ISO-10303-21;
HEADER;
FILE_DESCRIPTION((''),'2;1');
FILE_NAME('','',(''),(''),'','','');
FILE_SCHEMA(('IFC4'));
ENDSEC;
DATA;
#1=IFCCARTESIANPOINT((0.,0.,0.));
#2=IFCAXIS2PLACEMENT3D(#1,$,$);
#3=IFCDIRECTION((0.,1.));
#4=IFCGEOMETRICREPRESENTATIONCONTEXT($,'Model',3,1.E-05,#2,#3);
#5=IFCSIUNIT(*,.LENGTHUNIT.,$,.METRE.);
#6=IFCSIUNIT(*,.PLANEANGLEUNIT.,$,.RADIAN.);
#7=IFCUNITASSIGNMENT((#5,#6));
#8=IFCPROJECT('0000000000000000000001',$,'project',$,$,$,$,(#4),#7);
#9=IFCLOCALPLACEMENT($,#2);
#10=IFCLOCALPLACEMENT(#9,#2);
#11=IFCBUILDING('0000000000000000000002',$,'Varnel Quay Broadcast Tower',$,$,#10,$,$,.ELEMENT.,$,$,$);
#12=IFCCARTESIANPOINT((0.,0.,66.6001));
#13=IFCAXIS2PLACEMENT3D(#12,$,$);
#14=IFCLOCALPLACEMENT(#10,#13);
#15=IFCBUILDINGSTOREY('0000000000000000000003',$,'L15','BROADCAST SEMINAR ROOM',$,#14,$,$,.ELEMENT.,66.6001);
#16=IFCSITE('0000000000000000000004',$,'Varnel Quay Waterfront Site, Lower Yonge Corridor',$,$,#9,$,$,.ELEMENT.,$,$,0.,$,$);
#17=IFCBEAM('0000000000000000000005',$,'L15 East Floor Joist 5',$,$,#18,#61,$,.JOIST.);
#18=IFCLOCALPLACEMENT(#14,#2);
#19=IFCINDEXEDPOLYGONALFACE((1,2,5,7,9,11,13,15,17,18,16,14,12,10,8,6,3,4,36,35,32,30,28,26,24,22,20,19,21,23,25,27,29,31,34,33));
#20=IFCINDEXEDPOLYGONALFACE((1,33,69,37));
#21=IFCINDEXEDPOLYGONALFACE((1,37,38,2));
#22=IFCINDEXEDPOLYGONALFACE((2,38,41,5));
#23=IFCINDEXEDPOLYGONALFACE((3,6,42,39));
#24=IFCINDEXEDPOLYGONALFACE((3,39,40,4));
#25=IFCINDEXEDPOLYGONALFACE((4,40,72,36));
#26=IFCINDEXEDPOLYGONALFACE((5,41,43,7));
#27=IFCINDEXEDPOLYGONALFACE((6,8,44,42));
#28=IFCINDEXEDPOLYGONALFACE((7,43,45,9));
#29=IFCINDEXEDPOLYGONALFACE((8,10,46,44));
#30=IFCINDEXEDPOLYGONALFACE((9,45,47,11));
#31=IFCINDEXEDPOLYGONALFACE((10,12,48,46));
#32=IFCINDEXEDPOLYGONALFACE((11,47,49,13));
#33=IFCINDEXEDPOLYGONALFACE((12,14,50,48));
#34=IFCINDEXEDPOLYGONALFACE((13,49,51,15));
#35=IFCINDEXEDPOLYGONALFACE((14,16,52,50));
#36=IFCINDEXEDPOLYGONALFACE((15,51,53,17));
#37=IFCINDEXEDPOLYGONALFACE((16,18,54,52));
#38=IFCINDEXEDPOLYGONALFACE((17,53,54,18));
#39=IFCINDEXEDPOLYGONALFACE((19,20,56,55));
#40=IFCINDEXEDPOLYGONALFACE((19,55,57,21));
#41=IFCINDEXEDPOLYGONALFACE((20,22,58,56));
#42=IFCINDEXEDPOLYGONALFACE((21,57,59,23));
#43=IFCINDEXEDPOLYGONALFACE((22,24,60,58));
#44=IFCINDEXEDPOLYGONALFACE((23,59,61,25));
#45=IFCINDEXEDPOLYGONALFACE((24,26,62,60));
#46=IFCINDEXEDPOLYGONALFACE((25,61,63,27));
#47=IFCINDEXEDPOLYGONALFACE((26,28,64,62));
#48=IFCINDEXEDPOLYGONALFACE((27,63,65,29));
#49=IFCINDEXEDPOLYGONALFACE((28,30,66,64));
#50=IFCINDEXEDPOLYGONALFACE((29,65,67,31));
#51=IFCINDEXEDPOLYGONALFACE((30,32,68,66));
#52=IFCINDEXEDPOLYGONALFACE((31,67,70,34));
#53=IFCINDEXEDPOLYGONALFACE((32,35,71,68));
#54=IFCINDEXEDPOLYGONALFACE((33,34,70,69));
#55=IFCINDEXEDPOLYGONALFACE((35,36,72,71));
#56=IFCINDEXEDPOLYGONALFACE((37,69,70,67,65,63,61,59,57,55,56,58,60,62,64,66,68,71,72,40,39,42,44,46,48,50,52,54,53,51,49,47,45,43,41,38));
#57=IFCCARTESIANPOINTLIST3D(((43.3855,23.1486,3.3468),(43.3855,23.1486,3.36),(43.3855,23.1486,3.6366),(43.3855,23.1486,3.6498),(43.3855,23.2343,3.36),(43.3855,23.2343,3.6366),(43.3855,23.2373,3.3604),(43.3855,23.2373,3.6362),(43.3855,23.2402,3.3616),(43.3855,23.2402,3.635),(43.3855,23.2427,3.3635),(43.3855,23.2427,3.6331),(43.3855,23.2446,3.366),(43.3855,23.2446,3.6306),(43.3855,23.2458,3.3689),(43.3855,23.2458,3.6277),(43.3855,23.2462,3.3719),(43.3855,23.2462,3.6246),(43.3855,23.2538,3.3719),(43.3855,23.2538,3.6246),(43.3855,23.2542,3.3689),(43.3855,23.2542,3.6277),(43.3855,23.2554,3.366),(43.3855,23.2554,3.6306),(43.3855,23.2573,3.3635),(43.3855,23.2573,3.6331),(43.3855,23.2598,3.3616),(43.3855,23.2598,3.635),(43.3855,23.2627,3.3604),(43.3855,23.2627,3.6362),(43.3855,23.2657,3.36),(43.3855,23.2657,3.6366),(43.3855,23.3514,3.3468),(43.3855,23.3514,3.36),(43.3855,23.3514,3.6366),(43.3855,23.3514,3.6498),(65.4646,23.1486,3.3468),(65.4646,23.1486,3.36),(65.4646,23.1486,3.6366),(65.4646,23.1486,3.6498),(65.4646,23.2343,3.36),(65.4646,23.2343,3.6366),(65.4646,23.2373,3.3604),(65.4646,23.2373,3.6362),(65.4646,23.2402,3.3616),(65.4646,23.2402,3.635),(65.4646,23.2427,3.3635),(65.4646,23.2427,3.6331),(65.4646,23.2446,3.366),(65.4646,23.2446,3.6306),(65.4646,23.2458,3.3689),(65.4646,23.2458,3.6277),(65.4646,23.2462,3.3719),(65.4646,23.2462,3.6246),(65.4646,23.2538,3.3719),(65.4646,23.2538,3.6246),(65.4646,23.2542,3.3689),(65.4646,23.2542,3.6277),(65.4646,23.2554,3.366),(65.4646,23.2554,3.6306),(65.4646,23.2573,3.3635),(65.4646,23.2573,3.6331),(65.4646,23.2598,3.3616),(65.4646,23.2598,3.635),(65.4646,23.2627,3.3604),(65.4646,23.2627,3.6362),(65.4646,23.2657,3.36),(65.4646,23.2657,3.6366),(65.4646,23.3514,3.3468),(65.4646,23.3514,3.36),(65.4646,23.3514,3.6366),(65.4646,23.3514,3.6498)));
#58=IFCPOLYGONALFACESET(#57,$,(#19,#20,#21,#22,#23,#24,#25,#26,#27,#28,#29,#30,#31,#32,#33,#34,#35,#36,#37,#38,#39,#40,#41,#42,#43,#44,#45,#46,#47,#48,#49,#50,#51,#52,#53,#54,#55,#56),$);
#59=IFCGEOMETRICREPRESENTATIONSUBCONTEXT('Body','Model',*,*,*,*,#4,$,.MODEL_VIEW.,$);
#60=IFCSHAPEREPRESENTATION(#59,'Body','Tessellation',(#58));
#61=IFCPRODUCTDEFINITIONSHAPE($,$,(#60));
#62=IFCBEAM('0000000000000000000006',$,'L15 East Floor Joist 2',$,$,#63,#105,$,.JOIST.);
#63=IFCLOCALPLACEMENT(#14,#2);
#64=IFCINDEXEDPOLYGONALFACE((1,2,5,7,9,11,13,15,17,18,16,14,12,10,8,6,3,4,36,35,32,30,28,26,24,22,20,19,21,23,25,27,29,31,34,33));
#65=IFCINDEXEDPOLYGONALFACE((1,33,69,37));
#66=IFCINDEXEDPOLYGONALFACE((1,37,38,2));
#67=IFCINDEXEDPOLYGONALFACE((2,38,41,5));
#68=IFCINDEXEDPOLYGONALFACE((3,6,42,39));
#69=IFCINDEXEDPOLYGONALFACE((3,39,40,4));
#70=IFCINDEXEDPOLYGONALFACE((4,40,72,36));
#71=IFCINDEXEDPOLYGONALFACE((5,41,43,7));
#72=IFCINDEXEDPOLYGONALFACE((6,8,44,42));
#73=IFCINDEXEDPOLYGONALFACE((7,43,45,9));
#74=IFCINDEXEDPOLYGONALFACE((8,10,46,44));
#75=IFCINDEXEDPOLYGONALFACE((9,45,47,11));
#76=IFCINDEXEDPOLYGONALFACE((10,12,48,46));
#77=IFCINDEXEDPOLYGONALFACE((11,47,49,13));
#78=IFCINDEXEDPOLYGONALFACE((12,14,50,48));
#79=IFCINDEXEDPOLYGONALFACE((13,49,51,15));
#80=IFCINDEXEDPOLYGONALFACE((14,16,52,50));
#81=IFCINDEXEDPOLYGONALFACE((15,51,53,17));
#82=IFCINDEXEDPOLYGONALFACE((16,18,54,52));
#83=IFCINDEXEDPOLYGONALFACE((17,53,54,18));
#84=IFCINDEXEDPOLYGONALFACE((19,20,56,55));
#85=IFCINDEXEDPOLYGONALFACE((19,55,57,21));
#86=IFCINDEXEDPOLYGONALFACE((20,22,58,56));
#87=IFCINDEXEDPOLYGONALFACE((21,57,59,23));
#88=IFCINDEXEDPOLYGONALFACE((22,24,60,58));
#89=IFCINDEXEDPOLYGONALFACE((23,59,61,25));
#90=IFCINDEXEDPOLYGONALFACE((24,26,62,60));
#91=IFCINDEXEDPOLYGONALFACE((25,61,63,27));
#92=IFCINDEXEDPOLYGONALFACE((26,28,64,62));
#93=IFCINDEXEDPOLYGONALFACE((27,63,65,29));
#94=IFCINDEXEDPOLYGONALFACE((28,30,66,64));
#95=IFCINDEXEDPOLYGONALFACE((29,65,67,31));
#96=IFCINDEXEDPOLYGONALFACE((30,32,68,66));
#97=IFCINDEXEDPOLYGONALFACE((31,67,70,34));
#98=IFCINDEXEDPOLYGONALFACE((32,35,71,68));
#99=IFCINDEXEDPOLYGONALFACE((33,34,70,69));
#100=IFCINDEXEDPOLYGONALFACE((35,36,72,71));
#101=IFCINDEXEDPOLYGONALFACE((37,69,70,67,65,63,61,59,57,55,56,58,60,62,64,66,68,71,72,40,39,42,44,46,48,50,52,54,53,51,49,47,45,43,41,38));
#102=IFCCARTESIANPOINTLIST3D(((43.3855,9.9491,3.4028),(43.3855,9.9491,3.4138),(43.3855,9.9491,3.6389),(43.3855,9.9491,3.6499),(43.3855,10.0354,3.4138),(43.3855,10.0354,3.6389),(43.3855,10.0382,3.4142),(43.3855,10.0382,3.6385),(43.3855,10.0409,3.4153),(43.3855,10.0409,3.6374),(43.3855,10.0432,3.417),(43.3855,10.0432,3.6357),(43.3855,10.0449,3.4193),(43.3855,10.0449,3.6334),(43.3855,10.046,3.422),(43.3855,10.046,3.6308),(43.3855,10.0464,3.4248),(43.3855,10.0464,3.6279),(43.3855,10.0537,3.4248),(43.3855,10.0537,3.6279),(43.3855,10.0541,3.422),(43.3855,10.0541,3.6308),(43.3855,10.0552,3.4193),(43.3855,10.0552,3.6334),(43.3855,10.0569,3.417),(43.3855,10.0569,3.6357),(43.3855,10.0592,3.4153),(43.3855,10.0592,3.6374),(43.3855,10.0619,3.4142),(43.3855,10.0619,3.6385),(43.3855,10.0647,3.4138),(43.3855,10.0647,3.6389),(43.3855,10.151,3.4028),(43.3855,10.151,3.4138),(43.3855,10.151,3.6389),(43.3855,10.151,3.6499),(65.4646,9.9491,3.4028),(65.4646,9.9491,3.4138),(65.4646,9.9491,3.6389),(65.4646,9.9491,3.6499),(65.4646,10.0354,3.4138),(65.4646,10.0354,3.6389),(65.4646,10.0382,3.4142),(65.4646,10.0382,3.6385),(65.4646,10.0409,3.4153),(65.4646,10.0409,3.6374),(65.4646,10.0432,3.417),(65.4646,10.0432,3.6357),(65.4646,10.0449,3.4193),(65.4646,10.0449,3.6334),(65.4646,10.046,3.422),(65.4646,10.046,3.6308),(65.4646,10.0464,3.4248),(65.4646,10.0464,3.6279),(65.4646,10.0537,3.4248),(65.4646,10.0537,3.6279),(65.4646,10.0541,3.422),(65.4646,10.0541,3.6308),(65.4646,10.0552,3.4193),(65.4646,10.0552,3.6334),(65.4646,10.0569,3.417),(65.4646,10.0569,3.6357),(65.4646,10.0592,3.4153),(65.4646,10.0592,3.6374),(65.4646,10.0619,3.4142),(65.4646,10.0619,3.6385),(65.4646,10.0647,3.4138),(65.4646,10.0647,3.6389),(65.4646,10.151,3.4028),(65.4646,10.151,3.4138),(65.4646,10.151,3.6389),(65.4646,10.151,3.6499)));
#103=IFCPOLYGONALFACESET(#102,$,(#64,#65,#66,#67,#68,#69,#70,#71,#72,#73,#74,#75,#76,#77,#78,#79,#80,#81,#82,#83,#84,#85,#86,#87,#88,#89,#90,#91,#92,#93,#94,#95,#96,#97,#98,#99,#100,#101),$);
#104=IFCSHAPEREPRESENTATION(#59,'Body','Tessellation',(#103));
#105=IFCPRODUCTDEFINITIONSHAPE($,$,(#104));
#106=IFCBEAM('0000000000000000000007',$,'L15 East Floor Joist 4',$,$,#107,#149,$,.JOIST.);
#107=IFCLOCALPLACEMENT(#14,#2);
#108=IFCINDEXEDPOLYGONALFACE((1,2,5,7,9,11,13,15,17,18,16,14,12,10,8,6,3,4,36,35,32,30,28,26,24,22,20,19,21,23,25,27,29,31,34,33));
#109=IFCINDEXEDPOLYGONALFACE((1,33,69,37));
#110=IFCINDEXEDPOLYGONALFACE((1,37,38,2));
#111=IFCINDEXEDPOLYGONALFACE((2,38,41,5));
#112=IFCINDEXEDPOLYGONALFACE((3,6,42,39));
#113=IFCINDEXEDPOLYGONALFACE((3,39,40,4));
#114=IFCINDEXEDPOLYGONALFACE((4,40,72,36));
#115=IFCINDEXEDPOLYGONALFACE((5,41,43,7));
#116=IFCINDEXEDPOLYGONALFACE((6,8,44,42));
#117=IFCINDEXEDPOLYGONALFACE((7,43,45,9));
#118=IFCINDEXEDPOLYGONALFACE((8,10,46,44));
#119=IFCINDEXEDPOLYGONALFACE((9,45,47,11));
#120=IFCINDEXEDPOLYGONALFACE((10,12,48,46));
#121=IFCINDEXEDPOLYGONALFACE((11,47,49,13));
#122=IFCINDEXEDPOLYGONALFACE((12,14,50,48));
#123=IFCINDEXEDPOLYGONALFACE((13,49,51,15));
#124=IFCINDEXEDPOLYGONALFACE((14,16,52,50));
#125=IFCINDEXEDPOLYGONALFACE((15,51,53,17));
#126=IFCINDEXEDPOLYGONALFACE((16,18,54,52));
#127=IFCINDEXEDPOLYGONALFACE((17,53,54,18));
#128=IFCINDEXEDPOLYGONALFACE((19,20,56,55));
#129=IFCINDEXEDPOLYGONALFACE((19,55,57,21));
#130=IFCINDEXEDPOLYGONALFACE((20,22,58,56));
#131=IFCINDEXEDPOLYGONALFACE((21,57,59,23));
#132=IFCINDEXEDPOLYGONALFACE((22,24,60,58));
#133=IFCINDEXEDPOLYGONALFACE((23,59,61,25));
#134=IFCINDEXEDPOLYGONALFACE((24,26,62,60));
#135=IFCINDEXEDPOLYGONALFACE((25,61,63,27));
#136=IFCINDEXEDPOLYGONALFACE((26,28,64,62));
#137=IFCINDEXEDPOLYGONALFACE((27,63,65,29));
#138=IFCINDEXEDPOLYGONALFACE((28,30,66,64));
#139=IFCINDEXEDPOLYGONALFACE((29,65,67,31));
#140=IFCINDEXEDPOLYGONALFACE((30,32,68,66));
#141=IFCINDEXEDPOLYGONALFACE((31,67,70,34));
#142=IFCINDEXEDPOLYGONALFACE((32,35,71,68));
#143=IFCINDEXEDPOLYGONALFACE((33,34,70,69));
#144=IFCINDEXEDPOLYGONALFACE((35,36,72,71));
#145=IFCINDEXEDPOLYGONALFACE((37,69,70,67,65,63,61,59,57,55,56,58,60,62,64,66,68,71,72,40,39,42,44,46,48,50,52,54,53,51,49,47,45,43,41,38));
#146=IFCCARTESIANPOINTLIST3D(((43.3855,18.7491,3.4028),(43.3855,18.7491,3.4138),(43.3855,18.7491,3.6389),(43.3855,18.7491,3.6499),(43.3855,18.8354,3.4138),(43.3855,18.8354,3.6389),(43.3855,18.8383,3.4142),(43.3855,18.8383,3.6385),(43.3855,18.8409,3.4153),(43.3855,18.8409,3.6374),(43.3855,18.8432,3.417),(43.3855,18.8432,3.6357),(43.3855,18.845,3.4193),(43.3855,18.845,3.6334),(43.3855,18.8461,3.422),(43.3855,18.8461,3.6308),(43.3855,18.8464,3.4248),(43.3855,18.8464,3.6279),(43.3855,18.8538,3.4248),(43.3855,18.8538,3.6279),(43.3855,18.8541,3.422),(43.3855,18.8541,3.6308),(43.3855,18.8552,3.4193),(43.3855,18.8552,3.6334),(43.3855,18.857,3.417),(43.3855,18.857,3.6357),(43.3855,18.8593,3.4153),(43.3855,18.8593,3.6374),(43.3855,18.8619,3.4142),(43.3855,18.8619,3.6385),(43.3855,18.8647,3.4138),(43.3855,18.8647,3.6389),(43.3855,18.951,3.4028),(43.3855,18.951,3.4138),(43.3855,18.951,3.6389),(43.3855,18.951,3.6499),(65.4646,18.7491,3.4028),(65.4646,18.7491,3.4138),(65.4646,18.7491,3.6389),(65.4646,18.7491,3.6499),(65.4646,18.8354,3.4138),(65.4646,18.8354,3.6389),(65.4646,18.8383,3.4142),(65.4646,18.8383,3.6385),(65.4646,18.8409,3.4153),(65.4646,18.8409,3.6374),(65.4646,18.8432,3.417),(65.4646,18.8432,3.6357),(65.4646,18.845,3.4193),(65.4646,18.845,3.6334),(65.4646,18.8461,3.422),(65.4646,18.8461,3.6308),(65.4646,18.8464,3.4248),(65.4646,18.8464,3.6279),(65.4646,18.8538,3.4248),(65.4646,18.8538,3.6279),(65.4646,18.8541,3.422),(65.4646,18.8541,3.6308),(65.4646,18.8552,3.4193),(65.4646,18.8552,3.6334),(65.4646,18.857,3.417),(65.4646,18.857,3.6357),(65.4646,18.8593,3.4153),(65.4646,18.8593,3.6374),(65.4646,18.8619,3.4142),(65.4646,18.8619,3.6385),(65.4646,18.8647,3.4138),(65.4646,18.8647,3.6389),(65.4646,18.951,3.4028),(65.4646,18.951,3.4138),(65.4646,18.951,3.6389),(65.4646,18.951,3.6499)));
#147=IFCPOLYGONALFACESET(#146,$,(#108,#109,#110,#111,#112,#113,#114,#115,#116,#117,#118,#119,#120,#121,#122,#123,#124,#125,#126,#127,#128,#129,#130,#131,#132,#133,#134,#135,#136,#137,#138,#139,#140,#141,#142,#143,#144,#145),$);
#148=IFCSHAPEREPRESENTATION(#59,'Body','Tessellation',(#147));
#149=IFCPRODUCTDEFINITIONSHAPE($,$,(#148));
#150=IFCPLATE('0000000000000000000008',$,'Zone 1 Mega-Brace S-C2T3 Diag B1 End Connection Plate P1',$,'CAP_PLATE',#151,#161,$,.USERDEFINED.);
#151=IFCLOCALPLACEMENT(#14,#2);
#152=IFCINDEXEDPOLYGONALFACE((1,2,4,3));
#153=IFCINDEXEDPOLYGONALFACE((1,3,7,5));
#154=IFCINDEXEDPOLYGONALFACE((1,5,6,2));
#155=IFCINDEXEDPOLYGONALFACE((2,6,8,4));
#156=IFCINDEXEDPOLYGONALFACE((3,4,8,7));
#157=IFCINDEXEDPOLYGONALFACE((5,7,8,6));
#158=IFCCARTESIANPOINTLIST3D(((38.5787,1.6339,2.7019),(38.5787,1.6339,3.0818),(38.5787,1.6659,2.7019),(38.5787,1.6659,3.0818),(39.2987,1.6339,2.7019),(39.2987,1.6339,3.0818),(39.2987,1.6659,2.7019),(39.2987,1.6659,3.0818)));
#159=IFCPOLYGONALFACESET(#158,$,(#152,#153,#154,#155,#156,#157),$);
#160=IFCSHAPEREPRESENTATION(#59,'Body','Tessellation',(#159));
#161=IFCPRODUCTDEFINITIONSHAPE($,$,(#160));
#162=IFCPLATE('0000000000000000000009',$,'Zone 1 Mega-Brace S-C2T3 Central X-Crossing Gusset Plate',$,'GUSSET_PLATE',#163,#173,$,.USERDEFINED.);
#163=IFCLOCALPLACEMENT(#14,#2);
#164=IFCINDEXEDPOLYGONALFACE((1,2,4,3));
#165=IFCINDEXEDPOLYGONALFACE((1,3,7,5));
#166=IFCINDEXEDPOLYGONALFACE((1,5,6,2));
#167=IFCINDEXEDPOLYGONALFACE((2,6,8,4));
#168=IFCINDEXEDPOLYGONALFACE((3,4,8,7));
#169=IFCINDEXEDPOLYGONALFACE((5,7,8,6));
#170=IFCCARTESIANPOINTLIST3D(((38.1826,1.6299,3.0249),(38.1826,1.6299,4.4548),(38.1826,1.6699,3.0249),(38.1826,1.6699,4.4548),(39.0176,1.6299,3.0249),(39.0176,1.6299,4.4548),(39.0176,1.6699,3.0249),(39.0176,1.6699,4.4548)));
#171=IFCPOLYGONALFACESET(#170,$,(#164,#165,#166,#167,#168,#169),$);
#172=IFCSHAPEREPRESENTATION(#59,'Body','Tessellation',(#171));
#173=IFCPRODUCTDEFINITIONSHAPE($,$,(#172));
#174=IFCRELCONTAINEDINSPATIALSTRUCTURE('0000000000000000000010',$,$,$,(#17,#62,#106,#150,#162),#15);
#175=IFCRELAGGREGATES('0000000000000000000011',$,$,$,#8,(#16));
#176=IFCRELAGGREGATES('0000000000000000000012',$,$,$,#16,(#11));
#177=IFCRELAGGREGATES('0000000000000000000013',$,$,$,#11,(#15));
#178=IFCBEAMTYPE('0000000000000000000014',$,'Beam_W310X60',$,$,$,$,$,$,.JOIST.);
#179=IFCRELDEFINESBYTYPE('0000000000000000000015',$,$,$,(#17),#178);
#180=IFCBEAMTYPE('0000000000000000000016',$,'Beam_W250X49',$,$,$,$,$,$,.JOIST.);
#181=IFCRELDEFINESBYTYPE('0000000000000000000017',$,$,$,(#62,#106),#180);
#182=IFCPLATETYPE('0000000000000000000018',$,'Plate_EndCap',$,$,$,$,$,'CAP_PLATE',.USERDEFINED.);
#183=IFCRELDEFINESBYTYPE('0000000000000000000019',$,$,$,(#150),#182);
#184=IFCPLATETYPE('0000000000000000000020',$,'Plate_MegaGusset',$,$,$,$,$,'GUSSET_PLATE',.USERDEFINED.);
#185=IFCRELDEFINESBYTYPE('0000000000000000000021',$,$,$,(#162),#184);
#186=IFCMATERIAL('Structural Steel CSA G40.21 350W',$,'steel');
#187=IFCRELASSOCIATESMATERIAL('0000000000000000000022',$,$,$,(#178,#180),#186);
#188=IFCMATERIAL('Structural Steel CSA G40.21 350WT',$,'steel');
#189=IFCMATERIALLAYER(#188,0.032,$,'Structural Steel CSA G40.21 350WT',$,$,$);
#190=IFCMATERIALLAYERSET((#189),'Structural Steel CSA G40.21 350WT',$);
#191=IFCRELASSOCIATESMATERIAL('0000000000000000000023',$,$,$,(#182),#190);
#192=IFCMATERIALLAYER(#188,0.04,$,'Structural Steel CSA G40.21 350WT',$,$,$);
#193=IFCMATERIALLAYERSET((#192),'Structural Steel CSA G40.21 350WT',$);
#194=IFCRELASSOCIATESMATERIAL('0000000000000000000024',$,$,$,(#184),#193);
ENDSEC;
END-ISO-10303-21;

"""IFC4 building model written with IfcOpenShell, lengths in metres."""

from ifc_helpers import new_model, si_unit, direction, frame, origin, origin_2d, place, context, subcontext, project, spatial, rectangle, i_section, extrude, source, transform, mapped, material, layer, layer_set, material_profile, profile_set, type_object, type_shapes, element, save


model = new_model("IFC4")

# Units and contexts
model_context = context("Model", 3, precision=1e-05, world=origin(), true_north=direction((0.0, 1.0)))
body_context = subcontext(model_context, "Body", "Model", "MODEL_VIEW")
ifc_project = project(units=[si_unit("LENGTHUNIT", "METRE"), si_unit("PLANEANGLEUNIT", "RADIAN")], contexts=[model_context])

# Site, building, storey
site_placement = place(None, origin())
site = spatial("IfcSite", under=ifc_project, at=site_placement, Name="Varnel Quay Waterfront Site, Lower Yonge Corridor", CompositionType="ELEMENT", RefElevation=0.0)
building_placement = place(site_placement, origin())
building = spatial("IfcBuilding", under=site, at=building_placement, Name="Varnel Quay Broadcast Tower", CompositionType="ELEMENT")
storey_placement = place(building_placement, frame((0.0, 0.0, 66.6001)))
storey = spatial("IfcBuildingStorey", under=building, at=storey_placement, Name="L15", Description="BROADCAST SEMINAR ROOM", CompositionType="ELEMENT", Elevation=66.6001)

# Shared definitions
ifc_material_1 = material(Name="Structural Steel CSA G40.21 350W", Category="steel")

# Beams
ifc_material_profile_1 = material_profile(ifc_material_1, i_section(OverallWidth=0.2029, OverallDepth=0.303, WebThickness=0.0076, FlangeThickness=0.0132, FilletRadius=0.012, at=origin_2d()), Name="W310X60")
ifc_profile_set_1 = profile_set([ifc_material_profile_1], Name="Structural Steel CSA G40.21 350W")
beam_type_1 = type_object("IfcBeamType", Name="Beam_W310X60", PredefinedType="JOIST", material=ifc_profile_set_1)
shared_shape_1 = source(origin(), body_context, "Body", "SweptSolid", [
    extrude(i_section(OverallWidth=0.2029, OverallDepth=0.303, WebThickness=0.0076, FlangeThickness=0.0132, FilletRadius=0.012, at=origin_2d()), origin(), (0.0, 0.0, 1.0), 22.0791),
])
type_shapes(beam_type_1, [shared_shape_1])
for number, where, z_axis, x_axis, name in (
    (1, (43.3855, 23.25, 3.4983), (1.0, 0.0, 0.0), (0.0, 1.0, 0.0), "L15 East Floor Joist 5"),
):
    element("IfcBeam", number, at=place(storey_placement, frame(where, z_axis=z_axis, x_axis=x_axis)), inside=storey, type_object=beam_type_1, Name=name, PredefinedType="JOIST", context=body_context, shape_type="MappedRepresentation", body=[
        mapped(shared_shape_1, transform((0.0, 0.0, 0.0), x_axis=(1.0, 0.0, 0.0), y_axis=(0.0, 1.0, 0.0), z_axis=(0.0, 0.0, 1.0), scale=1.0)),
    ])
ifc_material_profile_2 = material_profile(ifc_material_1, i_section(OverallWidth=0.2019, OverallDepth=0.2471, WebThickness=0.0073, FlangeThickness=0.011, FilletRadius=0.011, at=origin_2d()), Name="W250X49")
ifc_profile_set_2 = profile_set([ifc_material_profile_2], Name="Structural Steel CSA G40.21 350W")
beam_type_2 = type_object("IfcBeamType", Name="Beam_W250X49", PredefinedType="JOIST", material=ifc_profile_set_2)
shared_shape_2 = source(origin(), body_context, "Body", "SweptSolid", [
    extrude(i_section(OverallWidth=0.2019, OverallDepth=0.2471, WebThickness=0.0073, FlangeThickness=0.011, FilletRadius=0.011, at=origin_2d()), origin(), (0.0, 0.0, 1.0), 22.0791),
])
type_shapes(beam_type_2, [shared_shape_2])
for number, where, z_axis, x_axis, name in (
    (2, (43.3855, 10.05, 3.5264), (1.0, 0.0, 0.0), (0.0, 1.0, 0.0), "L15 East Floor Joist 2"),
    (3, (43.3855, 18.8501, 3.5264), (1.0, 0.0, 0.0), (0.0, 1.0, 0.0), "L15 East Floor Joist 4"),
):
    element("IfcBeam", number, at=place(storey_placement, frame(where, z_axis=z_axis, x_axis=x_axis)), inside=storey, type_object=beam_type_2, Name=name, PredefinedType="JOIST", context=body_context, shape_type="MappedRepresentation", body=[
        mapped(shared_shape_2, transform((0.0, 0.0, 0.0), x_axis=(1.0, 0.0, 0.0), y_axis=(0.0, 1.0, 0.0), z_axis=(0.0, 0.0, 1.0), scale=1.0)),
    ])

# Plates
ifc_material_2 = material(Name="Structural Steel CSA G40.21 350WT", Category="steel")
ifc_layer_1 = layer(ifc_material_2, 0.032, Name="Structural Steel CSA G40.21 350WT")
ifc_layer_set_1 = layer_set([ifc_layer_1], Name="Structural Steel CSA G40.21 350WT")
plate_type_1 = type_object("IfcPlateType", Name="Plate_EndCap", ElementType="CAP_PLATE", PredefinedType="USERDEFINED", material=ifc_layer_set_1)
shared_shape_3 = source(origin(), body_context, "Body", "SweptSolid", [
    extrude(rectangle(XDim=0.72, YDim=0.032, at=origin_2d()), origin(), (0.0, 0.0, 1.0), 0.3799),
])
type_shapes(plate_type_1, [shared_shape_3])
plate_1_placement = place(storey_placement, frame((38.9387, 1.6499, 2.7019), z_axis=(0.0, 0.0, 1.0), x_axis=(1.0, 0.0, 0.0)))
element("IfcPlate", 4, at=plate_1_placement, inside=storey, type_object=plate_type_1, Name="Zone 1 Mega-Brace S-C2T3 Diag B1 End Connection Plate P1", ObjectType="CAP_PLATE", PredefinedType="USERDEFINED", context=body_context, shape_type="MappedRepresentation", body=[
    mapped(shared_shape_3, transform((0.0, 0.0, 0.0), x_axis=(1.0, 0.0, 0.0), y_axis=(0.0, 1.0, 0.0), z_axis=(0.0, 0.0, 1.0), scale=1.0)),
])
ifc_layer_2 = layer(ifc_material_2, 0.04, Name="Structural Steel CSA G40.21 350WT")
ifc_layer_set_2 = layer_set([ifc_layer_2], Name="Structural Steel CSA G40.21 350WT")
plate_type_2 = type_object("IfcPlateType", Name="Plate_MegaGusset", ElementType="GUSSET_PLATE", PredefinedType="USERDEFINED", material=ifc_layer_set_2)
shared_shape_4 = source(origin(), body_context, "Body", "SweptSolid", [
    extrude(rectangle(XDim=0.835, YDim=0.04, at=origin_2d()), origin(), (0.0, 0.0, 1.0), 1.4299),
])
type_shapes(plate_type_2, [shared_shape_4])
plate_2_placement = place(storey_placement, frame((38.6001, 1.6499, 3.0249), z_axis=(0.0, 0.0, 1.0), x_axis=(1.0, 0.0, 0.0)))
element("IfcPlate", 5, at=plate_2_placement, inside=storey, type_object=plate_type_2, Name="Zone 1 Mega-Brace S-C2T3 Central X-Crossing Gusset Plate", ObjectType="GUSSET_PLATE", PredefinedType="USERDEFINED", context=body_context, shape_type="MappedRepresentation", body=[
    mapped(shared_shape_4, transform((0.0, 0.0, 0.0), x_axis=(1.0, 0.0, 0.0), y_axis=(0.0, 1.0, 0.0), z_axis=(0.0, 0.0, 1.0), scale=1.0)),
])

save(model, "model.ifc")
